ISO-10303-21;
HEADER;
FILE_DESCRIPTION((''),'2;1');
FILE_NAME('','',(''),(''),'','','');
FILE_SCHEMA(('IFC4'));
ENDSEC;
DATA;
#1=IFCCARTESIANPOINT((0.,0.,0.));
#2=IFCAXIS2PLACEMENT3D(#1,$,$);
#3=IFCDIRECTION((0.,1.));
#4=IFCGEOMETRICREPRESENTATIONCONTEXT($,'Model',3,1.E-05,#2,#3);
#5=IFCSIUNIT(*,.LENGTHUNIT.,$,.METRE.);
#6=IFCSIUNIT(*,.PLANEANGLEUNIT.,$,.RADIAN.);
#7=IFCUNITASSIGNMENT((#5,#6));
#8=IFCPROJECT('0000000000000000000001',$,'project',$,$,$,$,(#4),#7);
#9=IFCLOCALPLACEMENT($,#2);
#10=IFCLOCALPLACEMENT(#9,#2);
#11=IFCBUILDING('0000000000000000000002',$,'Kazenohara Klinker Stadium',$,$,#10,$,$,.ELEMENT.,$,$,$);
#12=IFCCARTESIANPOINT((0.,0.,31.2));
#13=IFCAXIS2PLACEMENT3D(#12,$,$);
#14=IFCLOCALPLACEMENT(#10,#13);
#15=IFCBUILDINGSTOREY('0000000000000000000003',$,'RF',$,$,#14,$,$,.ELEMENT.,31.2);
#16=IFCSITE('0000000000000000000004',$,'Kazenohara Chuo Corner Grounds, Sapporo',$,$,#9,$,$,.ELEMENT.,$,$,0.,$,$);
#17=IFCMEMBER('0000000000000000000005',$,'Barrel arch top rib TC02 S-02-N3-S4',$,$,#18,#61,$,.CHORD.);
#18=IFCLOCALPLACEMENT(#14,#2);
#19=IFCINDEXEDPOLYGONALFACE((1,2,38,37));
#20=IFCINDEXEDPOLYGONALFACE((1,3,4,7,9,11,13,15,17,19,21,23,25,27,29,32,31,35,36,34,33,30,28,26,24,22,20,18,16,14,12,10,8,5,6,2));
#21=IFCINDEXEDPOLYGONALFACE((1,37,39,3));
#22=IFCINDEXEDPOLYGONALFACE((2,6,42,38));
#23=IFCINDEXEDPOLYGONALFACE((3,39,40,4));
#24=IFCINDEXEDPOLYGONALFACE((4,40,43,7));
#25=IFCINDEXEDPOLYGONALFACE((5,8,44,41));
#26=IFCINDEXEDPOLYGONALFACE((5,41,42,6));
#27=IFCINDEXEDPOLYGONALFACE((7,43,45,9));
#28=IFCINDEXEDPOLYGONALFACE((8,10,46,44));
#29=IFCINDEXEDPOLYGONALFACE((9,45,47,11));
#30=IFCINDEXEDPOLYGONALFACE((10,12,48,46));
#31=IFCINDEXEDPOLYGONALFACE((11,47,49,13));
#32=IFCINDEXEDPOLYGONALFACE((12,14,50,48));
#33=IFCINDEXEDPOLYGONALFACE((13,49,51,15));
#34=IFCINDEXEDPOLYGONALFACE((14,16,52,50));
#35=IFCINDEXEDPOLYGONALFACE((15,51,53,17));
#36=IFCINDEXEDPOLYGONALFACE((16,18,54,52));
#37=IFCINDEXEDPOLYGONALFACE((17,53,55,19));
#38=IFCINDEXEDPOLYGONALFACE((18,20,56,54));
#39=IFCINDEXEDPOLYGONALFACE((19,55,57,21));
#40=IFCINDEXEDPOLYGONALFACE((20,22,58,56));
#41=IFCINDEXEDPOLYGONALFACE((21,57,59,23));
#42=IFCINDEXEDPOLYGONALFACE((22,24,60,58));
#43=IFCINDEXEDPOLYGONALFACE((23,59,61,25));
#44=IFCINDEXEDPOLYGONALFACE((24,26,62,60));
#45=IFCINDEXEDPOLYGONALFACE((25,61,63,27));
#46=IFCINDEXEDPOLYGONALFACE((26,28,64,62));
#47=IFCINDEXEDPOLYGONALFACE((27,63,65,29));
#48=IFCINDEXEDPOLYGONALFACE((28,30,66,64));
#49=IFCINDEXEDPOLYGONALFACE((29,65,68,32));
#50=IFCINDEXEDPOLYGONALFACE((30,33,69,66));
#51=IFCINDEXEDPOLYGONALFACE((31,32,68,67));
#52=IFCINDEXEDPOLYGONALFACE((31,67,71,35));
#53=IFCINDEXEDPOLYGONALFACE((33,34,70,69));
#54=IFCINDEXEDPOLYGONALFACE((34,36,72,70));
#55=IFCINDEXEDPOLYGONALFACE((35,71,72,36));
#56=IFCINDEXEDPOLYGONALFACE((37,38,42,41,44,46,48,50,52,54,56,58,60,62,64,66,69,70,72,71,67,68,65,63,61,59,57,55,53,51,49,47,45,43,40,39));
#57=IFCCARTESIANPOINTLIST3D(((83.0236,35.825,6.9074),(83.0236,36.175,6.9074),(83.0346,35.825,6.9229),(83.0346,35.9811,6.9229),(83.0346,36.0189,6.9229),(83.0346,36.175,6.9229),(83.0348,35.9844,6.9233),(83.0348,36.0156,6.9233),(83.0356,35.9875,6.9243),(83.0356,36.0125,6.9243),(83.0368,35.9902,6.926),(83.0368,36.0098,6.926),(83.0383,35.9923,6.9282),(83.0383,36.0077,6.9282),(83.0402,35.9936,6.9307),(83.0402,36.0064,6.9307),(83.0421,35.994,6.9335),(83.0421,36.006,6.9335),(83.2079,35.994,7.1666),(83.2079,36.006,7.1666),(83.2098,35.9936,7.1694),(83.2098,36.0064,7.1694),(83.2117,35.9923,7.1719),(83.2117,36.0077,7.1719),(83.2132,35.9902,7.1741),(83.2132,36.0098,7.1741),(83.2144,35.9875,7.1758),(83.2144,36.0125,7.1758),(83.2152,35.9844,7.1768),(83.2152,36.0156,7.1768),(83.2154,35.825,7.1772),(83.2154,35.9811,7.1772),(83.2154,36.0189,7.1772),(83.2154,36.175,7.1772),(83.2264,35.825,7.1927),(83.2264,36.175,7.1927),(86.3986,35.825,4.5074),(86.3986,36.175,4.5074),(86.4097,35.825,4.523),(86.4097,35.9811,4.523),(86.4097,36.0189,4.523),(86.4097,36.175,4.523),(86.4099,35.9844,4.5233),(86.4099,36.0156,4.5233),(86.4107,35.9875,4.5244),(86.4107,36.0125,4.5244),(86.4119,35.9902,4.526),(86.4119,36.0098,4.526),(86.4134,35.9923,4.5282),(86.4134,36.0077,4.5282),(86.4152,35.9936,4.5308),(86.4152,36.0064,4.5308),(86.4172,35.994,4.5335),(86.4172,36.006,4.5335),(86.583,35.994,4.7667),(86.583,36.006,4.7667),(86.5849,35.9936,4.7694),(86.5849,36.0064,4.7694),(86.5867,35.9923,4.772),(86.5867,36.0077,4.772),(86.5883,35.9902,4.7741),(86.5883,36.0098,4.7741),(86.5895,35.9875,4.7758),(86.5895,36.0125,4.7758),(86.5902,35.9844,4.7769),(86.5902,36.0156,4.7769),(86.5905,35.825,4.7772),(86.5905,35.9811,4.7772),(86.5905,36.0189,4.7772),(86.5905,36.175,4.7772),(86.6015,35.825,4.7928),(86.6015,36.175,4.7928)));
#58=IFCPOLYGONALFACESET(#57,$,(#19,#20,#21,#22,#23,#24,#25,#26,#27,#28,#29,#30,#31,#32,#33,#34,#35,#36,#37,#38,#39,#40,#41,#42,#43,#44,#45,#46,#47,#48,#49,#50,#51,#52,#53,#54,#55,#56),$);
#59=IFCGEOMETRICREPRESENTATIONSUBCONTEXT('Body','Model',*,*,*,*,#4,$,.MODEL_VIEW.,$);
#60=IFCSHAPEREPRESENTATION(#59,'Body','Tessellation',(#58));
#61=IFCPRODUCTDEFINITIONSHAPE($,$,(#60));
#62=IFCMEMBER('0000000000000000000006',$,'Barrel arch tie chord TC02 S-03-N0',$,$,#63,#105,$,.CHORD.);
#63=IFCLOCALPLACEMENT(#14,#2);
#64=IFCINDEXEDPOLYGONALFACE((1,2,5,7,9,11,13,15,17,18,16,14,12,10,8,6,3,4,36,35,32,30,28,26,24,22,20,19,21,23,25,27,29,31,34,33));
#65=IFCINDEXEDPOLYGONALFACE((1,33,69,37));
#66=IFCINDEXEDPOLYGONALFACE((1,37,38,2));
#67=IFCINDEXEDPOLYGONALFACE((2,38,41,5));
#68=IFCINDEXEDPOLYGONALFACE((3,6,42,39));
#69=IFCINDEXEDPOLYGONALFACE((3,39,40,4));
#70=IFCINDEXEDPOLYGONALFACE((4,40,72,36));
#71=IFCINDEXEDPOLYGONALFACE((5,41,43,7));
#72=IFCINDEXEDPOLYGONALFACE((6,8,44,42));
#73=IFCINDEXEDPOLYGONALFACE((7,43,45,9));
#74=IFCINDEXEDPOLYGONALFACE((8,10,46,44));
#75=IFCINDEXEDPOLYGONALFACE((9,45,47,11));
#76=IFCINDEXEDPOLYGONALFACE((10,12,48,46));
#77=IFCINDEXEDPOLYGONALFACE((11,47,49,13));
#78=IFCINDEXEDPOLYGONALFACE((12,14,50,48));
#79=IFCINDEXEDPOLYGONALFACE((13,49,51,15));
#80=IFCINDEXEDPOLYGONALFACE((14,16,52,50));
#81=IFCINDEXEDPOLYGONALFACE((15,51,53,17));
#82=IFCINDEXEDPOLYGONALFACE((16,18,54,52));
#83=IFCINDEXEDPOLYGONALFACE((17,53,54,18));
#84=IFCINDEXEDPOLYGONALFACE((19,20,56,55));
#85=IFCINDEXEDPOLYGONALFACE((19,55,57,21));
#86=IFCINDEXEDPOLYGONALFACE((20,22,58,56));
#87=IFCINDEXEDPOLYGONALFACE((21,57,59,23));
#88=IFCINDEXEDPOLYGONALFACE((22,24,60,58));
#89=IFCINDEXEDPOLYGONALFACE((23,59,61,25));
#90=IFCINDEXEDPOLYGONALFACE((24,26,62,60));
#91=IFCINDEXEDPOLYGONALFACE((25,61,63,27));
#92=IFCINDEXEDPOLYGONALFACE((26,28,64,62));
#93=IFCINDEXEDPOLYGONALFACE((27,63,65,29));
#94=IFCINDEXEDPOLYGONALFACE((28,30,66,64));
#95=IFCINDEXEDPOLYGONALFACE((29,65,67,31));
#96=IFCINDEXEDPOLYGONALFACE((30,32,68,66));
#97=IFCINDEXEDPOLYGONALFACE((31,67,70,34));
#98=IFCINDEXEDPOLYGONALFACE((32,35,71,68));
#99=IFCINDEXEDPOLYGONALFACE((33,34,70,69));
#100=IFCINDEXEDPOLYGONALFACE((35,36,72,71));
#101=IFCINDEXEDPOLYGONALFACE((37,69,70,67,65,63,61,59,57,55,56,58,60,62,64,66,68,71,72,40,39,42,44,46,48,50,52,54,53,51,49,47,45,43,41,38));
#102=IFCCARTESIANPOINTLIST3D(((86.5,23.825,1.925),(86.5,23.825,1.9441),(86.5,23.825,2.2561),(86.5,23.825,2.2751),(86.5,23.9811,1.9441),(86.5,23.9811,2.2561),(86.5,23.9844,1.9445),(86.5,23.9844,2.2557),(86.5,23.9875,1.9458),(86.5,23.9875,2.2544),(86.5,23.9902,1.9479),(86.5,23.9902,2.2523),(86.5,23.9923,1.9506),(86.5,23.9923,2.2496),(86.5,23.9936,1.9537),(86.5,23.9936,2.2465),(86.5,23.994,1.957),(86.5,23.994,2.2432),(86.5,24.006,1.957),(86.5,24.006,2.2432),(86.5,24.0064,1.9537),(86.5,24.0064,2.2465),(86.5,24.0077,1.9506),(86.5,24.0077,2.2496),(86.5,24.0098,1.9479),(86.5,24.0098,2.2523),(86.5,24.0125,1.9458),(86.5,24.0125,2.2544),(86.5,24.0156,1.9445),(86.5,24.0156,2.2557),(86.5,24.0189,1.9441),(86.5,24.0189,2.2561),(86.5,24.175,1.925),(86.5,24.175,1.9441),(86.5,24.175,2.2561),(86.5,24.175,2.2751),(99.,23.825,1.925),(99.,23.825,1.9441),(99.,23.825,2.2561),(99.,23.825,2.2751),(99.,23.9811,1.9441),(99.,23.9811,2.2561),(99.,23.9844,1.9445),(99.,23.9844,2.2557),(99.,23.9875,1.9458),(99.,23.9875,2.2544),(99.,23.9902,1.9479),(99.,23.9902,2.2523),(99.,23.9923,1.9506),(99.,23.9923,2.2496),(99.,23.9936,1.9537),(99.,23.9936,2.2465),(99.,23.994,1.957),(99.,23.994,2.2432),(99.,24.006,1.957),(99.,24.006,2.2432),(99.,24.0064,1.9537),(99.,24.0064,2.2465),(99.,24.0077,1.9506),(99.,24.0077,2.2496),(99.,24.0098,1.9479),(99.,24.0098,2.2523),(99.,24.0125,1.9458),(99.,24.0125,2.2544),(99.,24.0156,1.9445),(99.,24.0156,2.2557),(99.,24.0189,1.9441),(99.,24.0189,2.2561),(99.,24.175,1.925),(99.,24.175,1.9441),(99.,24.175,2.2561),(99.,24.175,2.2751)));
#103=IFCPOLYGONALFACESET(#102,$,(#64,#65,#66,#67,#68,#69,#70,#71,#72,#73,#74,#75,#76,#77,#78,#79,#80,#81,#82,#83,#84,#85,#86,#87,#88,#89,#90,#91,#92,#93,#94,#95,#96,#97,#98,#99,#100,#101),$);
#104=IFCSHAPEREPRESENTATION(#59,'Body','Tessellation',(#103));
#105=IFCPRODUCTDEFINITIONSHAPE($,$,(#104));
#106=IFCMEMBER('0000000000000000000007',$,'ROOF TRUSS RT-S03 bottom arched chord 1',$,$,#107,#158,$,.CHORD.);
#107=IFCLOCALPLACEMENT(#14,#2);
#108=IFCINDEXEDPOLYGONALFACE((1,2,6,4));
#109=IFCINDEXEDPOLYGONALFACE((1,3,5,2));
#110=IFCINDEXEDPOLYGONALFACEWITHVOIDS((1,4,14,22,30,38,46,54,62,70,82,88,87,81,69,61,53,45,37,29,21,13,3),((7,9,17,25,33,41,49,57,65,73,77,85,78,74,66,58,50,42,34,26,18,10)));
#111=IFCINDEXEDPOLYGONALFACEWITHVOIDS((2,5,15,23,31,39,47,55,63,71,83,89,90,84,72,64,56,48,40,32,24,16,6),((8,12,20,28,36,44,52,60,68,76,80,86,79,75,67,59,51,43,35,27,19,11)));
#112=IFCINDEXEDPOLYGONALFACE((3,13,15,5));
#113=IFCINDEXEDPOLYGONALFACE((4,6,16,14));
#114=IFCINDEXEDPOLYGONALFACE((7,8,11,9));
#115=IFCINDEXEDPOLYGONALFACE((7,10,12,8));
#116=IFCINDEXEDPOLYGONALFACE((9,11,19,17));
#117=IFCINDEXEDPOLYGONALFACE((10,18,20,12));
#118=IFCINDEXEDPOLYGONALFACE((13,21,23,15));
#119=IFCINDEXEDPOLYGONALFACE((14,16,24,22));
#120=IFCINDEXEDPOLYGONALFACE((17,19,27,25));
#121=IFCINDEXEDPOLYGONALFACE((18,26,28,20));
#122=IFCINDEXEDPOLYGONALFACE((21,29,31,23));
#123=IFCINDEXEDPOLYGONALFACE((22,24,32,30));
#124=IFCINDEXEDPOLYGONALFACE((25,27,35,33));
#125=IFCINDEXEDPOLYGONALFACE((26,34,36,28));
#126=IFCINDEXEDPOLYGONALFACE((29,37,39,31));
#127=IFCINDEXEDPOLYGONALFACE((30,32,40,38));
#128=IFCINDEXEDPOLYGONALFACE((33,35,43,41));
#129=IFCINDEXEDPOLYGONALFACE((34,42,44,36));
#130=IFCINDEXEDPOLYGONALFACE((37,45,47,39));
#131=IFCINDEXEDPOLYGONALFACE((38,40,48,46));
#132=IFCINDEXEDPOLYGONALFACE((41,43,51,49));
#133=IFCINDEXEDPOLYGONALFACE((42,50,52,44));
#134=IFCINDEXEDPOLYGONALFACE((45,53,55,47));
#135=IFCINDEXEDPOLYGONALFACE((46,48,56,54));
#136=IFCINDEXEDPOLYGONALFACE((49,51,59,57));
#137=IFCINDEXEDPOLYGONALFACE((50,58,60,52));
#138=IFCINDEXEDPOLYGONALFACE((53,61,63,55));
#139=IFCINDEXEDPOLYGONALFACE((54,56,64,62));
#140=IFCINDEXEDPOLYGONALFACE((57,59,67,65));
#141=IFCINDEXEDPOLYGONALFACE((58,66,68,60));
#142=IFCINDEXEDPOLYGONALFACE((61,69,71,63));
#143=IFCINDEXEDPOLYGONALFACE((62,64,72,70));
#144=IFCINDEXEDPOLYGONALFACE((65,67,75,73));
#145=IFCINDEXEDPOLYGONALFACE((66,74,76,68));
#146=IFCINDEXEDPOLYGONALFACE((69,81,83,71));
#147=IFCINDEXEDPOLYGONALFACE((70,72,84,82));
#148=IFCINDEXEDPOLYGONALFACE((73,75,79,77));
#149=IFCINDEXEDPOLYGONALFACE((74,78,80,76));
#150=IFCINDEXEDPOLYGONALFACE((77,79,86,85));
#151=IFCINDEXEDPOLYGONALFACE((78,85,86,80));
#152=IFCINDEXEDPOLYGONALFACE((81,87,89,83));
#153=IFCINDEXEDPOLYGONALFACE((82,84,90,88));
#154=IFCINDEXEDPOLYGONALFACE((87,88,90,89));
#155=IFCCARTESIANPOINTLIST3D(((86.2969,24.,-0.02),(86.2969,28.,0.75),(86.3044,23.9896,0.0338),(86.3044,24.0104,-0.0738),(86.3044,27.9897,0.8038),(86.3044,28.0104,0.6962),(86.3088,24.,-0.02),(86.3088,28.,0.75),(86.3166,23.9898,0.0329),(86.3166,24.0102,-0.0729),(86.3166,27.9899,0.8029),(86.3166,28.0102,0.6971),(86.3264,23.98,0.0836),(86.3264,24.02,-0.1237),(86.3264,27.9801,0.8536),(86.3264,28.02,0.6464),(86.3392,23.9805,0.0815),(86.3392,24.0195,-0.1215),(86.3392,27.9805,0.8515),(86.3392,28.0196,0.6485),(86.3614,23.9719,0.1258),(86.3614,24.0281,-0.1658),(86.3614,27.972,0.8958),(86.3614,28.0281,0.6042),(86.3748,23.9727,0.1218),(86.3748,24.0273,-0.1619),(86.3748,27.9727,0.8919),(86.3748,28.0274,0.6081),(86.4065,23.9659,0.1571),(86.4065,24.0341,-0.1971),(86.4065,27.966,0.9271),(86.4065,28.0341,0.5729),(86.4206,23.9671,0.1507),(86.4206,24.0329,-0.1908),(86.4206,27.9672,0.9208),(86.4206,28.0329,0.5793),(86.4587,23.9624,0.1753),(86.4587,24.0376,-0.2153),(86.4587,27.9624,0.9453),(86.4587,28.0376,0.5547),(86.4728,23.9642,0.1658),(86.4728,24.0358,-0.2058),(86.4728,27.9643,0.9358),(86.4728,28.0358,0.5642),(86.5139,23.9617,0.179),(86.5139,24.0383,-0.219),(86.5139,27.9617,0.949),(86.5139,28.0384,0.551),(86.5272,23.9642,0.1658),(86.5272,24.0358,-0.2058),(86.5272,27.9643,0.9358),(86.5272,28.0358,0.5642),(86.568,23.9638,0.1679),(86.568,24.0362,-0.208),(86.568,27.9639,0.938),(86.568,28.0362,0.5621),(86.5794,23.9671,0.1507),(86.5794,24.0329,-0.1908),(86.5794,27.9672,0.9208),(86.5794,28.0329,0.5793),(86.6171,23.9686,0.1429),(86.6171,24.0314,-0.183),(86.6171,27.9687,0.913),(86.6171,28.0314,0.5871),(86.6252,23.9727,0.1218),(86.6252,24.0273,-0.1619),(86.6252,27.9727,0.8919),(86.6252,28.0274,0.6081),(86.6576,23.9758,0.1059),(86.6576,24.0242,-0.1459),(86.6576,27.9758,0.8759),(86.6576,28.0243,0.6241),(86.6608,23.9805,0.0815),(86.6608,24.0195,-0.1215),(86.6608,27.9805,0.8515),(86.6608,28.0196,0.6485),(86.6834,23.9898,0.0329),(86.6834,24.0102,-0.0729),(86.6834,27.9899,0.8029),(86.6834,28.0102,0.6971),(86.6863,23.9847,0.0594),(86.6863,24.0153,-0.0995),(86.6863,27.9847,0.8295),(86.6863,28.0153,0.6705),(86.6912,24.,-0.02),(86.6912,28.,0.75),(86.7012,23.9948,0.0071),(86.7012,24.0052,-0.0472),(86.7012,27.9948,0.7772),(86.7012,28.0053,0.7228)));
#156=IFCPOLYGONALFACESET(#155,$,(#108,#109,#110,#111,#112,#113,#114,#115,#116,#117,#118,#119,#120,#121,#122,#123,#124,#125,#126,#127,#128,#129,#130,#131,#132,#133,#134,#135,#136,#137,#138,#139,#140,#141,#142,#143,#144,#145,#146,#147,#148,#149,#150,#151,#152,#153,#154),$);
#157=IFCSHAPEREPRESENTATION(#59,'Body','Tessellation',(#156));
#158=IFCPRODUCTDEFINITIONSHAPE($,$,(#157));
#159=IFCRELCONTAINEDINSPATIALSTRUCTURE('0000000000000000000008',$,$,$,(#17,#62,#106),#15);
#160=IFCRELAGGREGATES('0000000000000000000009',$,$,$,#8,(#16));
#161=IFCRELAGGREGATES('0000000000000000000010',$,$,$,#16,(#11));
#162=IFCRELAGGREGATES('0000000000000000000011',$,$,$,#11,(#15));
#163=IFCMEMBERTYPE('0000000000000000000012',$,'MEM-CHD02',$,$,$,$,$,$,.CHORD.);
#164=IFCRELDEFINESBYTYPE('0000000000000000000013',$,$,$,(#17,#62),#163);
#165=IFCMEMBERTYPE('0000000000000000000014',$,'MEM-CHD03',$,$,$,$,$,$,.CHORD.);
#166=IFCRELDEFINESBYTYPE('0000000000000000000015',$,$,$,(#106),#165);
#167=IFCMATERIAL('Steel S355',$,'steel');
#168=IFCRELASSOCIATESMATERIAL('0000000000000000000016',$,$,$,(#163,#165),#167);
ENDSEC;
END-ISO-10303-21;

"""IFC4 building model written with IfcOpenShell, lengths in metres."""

from ifc_helpers import new_model, si_unit, direction, frame, origin, origin_2d, place, context, subcontext, project, spatial, hollow_circle, i_section, extrude, material, material_profile, profile_set, type_object, element, save


model = new_model("IFC4")

# Units and contexts
model_context = context("Model", 3, precision=1e-05, world=origin(), true_north=direction((0.0, 1.0)))
body_context = subcontext(model_context, "Body", "Model", "MODEL_VIEW")
ifc_project = project(units=[si_unit("LENGTHUNIT", "METRE"), si_unit("PLANEANGLEUNIT", "RADIAN")], contexts=[model_context])

# Site, building, storey
site_placement = place(None, origin())
site = spatial("IfcSite", under=ifc_project, at=site_placement, Name="Kazenohara Chuo Corner Grounds, Sapporo", CompositionType="ELEMENT", RefElevation=0.0)
building_placement = place(site_placement, origin())
building = spatial("IfcBuilding", under=site, at=building_placement, Name="Kazenohara Klinker Stadium", CompositionType="ELEMENT")
storey_placement = place(building_placement, frame((0.0, 0.0, 31.2)))
storey = spatial("IfcBuildingStorey", under=building, at=storey_placement, Name="RF", CompositionType="ELEMENT", Elevation=31.2)

# Members
ifc_material_1 = material(Name="Steel S355", Category="steel")
ifc_material_profile_1 = material_profile(ifc_material_1, i_section(OverallWidth=0.3501, OverallDepth=0.3501, WebThickness=0.012, FlangeThickness=0.019, FilletRadius=0.0129, at=origin_2d()), Name="H-350x350x12x19")
ifc_profile_set_1 = profile_set([ifc_material_profile_1], Name="Steel S355")
member_type_1 = type_object("IfcMemberType", Name="MEM-CHD02", PredefinedType="CHORD", material=ifc_profile_set_1)
member_1_placement = place(storey_placement, frame((83.125, 36.0, 7.05), z_axis=(0.814966, 0.0, -0.579508), x_axis=(0.0, 1.0, 0.0)))
element("IfcMember", 1, at=member_1_placement, inside=storey, type_object=member_type_1, Name="Barrel arch top rib TC02 S-02-N3-S4", PredefinedType="CHORD", context=body_context, shape_type="SweptSolid", body=[
    extrude(i_section(OverallWidth=0.3501, OverallDepth=0.3501, WebThickness=0.012, FlangeThickness=0.019, FilletRadius=0.0129, at=origin_2d()), origin(), (0.0, 0.0, 1.0), 4.1414),
])
member_2_placement = place(storey_placement, frame((86.5, 24.0, 2.1001), z_axis=(1.0, 0.0, 0.0), x_axis=(0.0, 1.0, 0.0)))
element("IfcMember", 2, at=member_2_placement, inside=storey, type_object=member_type_1, Name="Barrel arch tie chord TC02 S-03-N0", PredefinedType="CHORD", context=body_context, shape_type="SweptSolid", body=[
    extrude(i_section(OverallWidth=0.3501, OverallDepth=0.3501, WebThickness=0.012, FlangeThickness=0.019, FilletRadius=0.0129, at=origin_2d()), origin(), (0.0, 0.0, 1.0), 12.5),
])
ifc_material_profile_2 = material_profile(ifc_material_1, hollow_circle(Radius=0.2031, WallThickness=0.012, at=origin_2d()), Name="CHS-406.4x12")
ifc_profile_set_2 = profile_set([ifc_material_profile_2], Name="Steel S355")
member_type_2 = type_object("IfcMemberType", Name="MEM-CHD03", PredefinedType="CHORD", material=ifc_profile_set_2)
member_3_placement = place(storey_placement, frame((86.5, 24.0, -0.02), z_axis=(0.0, 0.981971, 0.189034), x_axis=(-1.0, 0.0, 0.0)))
element("IfcMember", 3, at=member_3_placement, inside=storey, type_object=member_type_2, Name="ROOF TRUSS RT-S03 bottom arched chord 1", PredefinedType="CHORD", context=body_context, shape_type="SweptSolid", body=[
    extrude(hollow_circle(Radius=0.2031, WallThickness=0.012, at=origin_2d()), origin(), (0.0, 0.0, 1.0), 4.0735),
])

save(model, "model.ifc")
